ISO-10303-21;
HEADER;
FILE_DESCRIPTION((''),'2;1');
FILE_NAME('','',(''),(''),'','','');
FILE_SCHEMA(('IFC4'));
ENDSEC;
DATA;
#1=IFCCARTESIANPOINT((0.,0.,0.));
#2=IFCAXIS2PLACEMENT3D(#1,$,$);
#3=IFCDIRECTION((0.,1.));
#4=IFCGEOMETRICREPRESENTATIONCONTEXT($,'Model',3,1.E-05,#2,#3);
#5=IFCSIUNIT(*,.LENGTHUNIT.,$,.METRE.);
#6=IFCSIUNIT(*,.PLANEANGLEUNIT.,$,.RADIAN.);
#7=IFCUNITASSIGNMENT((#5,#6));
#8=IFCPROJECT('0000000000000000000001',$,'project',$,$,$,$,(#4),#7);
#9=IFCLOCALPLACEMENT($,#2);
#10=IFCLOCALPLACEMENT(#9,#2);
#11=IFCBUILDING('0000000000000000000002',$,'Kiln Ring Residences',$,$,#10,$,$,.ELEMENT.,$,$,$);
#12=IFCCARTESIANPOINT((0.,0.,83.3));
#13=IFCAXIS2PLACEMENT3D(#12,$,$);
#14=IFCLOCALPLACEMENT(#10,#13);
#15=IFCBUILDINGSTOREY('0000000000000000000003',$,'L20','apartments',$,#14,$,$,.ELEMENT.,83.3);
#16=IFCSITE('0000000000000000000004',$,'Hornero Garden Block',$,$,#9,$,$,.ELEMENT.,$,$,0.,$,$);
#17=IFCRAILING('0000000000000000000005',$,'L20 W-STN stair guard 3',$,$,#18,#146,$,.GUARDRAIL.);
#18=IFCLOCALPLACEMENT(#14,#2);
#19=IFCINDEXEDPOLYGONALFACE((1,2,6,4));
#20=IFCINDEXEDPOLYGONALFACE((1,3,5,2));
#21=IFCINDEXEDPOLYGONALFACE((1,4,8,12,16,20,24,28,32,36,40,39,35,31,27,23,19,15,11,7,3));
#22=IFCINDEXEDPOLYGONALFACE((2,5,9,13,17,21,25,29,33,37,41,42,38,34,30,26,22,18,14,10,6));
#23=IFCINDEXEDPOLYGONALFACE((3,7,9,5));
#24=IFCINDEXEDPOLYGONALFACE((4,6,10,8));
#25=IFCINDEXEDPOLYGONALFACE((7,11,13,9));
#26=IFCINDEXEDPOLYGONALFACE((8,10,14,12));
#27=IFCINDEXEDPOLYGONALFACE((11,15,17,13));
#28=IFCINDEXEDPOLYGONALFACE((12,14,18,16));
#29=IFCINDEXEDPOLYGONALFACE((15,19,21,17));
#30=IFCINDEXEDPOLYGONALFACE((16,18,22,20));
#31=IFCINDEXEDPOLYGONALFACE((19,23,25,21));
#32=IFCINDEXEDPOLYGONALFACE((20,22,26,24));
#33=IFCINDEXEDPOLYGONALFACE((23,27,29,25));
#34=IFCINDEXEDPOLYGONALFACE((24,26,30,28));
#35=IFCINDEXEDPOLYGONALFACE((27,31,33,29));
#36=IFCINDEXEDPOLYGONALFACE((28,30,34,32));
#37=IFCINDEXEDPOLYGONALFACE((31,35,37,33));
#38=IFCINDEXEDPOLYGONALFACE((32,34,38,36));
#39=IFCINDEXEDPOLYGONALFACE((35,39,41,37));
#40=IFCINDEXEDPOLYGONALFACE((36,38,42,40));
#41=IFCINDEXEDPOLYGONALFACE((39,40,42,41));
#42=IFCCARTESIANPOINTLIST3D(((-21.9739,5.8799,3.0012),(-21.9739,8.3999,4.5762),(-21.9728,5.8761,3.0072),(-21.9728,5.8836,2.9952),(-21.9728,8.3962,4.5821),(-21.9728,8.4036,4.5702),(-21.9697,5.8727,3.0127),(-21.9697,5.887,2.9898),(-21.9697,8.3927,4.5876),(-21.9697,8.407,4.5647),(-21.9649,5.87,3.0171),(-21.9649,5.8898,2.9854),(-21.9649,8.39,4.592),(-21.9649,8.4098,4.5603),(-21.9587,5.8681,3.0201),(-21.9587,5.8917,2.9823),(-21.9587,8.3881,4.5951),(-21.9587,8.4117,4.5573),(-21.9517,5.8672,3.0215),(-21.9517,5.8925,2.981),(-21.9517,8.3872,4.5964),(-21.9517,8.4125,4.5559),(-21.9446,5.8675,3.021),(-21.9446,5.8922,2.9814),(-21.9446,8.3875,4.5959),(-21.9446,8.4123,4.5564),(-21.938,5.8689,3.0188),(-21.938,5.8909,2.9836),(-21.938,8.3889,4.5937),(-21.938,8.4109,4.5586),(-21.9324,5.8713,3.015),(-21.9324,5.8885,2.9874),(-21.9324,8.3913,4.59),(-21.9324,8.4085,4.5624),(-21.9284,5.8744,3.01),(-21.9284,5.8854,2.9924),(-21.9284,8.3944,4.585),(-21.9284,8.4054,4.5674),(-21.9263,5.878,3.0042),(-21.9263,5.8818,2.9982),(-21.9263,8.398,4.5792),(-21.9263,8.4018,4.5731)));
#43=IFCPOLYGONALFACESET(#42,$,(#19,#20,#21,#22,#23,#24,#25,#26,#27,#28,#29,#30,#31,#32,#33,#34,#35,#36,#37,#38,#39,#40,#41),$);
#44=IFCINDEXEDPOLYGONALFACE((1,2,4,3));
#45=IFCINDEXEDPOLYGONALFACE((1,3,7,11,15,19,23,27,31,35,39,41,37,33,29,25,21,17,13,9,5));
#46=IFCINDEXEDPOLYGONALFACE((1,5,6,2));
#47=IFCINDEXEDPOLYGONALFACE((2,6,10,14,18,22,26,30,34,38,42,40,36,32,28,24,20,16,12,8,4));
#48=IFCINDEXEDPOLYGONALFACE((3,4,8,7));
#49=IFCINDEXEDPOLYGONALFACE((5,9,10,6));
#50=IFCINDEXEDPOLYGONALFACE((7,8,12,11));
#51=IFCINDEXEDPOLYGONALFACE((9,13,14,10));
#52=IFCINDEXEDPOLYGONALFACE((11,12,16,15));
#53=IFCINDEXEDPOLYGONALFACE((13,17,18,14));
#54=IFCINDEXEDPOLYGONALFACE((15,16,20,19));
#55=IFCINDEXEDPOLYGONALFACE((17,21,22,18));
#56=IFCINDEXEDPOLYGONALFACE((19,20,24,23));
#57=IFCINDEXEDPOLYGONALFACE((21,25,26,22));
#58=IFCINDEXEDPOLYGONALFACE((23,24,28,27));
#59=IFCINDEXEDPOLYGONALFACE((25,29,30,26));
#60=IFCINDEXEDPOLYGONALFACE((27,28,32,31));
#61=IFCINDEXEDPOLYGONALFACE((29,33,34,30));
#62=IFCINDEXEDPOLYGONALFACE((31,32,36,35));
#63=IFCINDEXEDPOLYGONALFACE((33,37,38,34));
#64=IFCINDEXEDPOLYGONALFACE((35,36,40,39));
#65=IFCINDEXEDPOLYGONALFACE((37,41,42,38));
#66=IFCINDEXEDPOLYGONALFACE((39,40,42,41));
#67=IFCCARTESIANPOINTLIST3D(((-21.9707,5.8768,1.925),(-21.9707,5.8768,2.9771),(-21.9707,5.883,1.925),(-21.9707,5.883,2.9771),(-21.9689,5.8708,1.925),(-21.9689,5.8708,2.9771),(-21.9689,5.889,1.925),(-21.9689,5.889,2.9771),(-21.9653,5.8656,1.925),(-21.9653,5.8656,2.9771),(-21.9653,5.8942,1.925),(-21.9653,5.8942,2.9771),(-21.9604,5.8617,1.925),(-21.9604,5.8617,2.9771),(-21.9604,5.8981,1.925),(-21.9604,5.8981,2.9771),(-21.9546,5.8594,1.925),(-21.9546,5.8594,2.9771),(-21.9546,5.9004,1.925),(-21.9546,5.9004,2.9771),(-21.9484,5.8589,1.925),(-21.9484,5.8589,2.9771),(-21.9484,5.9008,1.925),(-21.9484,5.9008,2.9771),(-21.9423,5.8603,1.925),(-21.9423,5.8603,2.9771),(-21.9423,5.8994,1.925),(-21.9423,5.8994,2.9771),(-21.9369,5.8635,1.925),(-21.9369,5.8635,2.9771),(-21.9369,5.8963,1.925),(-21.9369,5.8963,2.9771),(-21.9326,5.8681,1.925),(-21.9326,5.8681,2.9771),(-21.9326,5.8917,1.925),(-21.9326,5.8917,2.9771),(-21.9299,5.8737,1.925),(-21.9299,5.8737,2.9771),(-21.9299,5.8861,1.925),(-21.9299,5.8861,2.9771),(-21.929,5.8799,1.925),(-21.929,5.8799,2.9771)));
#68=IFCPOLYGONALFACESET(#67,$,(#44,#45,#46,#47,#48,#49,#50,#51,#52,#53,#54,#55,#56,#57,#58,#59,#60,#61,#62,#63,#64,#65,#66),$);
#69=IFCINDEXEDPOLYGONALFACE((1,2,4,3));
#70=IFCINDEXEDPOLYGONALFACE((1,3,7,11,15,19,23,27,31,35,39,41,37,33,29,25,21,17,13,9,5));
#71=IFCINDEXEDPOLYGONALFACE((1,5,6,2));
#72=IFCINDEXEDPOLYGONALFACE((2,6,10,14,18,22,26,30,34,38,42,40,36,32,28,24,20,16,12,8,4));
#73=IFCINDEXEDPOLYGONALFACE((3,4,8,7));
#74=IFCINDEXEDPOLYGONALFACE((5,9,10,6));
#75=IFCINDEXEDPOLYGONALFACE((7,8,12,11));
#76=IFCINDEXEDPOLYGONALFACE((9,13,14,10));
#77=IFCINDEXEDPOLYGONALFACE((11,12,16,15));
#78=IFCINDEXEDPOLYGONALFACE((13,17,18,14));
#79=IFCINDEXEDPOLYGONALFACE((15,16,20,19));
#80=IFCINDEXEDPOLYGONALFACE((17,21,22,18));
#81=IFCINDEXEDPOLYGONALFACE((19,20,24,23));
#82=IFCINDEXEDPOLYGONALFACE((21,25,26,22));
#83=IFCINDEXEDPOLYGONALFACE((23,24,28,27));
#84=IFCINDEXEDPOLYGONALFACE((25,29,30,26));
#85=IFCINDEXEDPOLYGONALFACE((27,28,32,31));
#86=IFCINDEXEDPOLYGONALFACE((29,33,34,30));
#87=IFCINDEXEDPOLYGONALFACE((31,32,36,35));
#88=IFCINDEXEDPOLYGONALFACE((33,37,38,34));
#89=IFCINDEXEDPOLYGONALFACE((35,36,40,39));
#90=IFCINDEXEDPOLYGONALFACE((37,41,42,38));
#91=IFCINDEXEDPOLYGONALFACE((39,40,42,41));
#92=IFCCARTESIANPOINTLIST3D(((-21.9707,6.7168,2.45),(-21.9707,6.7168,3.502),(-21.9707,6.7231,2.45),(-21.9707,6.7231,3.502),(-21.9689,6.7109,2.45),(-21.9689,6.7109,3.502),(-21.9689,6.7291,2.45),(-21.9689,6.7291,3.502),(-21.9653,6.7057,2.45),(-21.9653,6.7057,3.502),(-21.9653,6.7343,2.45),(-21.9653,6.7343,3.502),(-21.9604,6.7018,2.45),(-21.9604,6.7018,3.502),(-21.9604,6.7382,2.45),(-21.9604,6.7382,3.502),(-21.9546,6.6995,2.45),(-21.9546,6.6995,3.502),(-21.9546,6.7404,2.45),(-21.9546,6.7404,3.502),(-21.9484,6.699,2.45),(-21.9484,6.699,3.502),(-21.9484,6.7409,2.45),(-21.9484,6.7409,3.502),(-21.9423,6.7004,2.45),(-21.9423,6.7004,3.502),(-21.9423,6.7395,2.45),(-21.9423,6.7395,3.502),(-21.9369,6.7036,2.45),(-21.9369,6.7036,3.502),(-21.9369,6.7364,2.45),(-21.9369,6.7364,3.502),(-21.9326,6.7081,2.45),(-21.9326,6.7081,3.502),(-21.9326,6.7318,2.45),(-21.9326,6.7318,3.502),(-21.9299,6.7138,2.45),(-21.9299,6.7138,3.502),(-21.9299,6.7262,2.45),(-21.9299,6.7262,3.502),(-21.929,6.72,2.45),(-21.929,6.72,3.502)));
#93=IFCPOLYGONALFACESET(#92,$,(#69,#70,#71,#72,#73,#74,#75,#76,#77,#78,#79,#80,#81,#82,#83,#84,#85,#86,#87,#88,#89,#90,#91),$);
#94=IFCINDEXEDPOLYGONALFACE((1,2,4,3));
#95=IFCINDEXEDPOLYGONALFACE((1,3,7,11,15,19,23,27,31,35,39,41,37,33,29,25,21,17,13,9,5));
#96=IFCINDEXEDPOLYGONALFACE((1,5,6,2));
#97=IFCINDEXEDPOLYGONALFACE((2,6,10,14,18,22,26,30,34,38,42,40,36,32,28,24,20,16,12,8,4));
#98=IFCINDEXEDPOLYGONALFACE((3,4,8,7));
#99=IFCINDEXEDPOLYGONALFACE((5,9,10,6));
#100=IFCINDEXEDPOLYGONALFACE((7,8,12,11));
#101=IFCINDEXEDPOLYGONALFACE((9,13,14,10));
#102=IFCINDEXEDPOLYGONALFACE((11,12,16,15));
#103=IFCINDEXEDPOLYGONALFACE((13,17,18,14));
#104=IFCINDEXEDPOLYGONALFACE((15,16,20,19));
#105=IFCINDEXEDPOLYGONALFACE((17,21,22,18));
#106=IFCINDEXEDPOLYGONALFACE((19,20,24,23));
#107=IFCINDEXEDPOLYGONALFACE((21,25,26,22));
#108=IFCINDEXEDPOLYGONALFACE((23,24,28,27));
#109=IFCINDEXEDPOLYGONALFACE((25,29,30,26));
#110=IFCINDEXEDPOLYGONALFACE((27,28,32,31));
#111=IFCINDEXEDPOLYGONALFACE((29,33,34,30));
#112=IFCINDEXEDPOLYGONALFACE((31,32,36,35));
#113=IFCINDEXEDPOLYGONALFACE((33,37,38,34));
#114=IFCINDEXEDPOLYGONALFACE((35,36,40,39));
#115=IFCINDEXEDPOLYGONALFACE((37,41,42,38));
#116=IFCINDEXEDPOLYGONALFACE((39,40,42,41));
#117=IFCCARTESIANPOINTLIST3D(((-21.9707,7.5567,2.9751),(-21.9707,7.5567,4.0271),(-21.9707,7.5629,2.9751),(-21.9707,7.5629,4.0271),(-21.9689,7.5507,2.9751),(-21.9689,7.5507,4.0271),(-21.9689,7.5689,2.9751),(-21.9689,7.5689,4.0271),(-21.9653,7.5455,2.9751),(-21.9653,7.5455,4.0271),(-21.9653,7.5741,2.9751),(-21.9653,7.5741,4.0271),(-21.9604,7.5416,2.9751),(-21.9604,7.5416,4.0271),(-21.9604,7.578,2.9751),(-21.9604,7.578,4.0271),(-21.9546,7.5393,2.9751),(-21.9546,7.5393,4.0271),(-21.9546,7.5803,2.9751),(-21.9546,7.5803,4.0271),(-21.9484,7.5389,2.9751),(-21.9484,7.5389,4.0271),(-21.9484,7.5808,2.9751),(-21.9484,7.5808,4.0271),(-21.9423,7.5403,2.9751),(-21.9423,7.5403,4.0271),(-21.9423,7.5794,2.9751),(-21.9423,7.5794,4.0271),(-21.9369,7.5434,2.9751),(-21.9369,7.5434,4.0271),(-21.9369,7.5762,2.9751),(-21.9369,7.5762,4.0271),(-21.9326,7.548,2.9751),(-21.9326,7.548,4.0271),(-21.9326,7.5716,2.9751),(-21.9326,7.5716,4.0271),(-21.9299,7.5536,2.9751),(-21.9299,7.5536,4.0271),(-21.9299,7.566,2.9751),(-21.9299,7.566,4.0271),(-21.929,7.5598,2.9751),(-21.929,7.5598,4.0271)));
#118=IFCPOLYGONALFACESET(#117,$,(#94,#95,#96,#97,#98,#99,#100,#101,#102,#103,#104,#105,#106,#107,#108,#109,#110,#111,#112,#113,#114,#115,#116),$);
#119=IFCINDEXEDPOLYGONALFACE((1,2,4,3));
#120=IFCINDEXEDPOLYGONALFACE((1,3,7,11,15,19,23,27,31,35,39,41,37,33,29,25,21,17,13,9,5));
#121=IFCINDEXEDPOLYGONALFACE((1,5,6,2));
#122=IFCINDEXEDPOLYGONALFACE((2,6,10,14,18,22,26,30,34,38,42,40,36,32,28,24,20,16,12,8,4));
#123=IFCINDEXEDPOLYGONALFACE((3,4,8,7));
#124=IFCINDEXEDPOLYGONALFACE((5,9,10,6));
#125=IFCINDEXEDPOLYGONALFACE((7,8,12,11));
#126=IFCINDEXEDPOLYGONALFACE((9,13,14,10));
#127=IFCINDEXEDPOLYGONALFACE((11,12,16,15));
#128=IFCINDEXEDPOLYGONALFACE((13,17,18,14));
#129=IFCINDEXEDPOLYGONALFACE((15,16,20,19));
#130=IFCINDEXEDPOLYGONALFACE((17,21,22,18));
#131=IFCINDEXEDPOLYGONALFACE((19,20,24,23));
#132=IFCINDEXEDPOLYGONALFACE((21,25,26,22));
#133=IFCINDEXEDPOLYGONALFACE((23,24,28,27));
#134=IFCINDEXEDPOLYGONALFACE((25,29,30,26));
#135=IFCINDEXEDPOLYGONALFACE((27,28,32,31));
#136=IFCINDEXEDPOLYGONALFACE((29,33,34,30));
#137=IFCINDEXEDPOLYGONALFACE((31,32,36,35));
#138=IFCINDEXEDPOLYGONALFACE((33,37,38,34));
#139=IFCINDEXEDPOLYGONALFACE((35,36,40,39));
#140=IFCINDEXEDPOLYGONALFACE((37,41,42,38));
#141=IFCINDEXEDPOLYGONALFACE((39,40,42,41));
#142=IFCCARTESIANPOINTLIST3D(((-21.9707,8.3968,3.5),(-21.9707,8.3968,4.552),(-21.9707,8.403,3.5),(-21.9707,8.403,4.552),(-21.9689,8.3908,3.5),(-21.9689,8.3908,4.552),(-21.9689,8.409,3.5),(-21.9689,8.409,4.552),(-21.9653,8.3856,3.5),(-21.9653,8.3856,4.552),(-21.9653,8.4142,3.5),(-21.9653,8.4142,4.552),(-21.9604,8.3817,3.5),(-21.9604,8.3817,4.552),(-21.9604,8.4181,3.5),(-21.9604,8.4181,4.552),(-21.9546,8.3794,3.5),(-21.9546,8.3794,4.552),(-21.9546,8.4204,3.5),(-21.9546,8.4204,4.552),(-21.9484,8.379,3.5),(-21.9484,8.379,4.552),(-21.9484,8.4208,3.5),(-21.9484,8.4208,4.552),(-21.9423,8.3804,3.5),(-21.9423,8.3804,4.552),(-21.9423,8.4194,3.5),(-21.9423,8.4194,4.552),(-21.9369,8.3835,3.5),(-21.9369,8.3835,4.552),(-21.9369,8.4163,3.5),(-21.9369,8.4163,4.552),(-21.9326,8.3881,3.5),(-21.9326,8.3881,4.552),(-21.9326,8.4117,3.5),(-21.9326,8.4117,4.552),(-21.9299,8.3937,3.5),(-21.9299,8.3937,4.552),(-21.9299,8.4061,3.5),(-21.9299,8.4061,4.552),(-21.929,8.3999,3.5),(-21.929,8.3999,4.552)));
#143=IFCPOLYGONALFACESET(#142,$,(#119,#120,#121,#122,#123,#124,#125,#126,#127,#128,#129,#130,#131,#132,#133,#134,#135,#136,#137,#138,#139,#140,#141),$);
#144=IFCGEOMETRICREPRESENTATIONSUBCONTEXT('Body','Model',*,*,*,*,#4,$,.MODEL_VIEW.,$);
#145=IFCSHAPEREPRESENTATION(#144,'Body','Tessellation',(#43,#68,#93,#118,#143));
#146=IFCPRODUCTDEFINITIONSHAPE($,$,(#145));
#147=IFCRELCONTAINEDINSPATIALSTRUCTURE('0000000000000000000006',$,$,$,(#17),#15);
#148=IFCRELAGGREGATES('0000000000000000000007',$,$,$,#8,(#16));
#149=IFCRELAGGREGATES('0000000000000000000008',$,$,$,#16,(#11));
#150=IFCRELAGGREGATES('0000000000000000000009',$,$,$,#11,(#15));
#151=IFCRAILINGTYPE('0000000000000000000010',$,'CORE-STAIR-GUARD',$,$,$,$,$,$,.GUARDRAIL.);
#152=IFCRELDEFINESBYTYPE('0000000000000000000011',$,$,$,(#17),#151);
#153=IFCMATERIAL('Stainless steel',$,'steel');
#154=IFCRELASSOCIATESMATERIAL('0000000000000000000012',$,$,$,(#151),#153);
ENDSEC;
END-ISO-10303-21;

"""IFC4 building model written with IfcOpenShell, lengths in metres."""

from ifc_helpers import new_model, si_unit, direction, frame, origin, origin_2d, place, context, subcontext, project, spatial, circle, extrude, material, type_object, element, save


model = new_model("IFC4")

# Units and contexts
model_context = context("Model", 3, precision=1e-05, world=origin(), true_north=direction((0.0, 1.0)))
body_context = subcontext(model_context, "Body", "Model", "MODEL_VIEW")
ifc_project = project(units=[si_unit("LENGTHUNIT", "METRE"), si_unit("PLANEANGLEUNIT", "RADIAN")], contexts=[model_context])

# Site, building, storey
site_placement = place(None, origin())
site = spatial("IfcSite", under=ifc_project, at=site_placement, Name="Hornero Garden Block", CompositionType="ELEMENT", RefElevation=0.0)
building_placement = place(site_placement, origin())
building = spatial("IfcBuilding", under=site, at=building_placement, Name="Kiln Ring Residences", CompositionType="ELEMENT")
storey_placement = place(building_placement, frame((0.0, 0.0, 83.3)))
storey = spatial("IfcBuildingStorey", under=building, at=storey_placement, Name="L20", Description="apartments", CompositionType="ELEMENT", Elevation=83.3)

# Railing
ifc_material_1 = material(Name="Stainless steel", Category="steel")
railing_type_1 = type_object("IfcRailingType", Name="CORE-STAIR-GUARD", PredefinedType="GUARDRAIL", material=ifc_material_1)
railing_1_placement = place(storey_placement, frame((-21.95, 5.8799, 1.925)))
element("IfcRailing", 1, at=railing_1_placement, inside=storey, type_object=railing_type_1, Name="L20 W-STN stair guard 3", PredefinedType="GUARDRAIL", context=body_context, shape_type="SweptSolid", body=[
    extrude(circle(Radius=0.0239, at=origin_2d()), frame((0.0, 0.0, 1.0762), z_axis=(0.0, 0.848008, 0.529984), x_axis=(-1.0, 0.0, 0.0)), (0.0, 0.0, 1.0), 2.9717),
    extrude(circle(Radius=0.021, at=origin_2d()), origin(), (0.0, 0.0, 1.0), 1.052),
    extrude(circle(Radius=0.021, at=origin_2d()), frame((0.0, 0.8401, 0.5249)), (0.0, 0.0, 1.0), 1.052),
    extrude(circle(Radius=0.021, at=origin_2d()), frame((0.0, 1.6799, 1.05)), (0.0, 0.0, 1.0), 1.052),
    extrude(circle(Radius=0.021, at=origin_2d()), frame((0.0, 2.52, 1.575)), (0.0, 0.0, 1.0), 1.052),
])

save(model, "model.ifc")
